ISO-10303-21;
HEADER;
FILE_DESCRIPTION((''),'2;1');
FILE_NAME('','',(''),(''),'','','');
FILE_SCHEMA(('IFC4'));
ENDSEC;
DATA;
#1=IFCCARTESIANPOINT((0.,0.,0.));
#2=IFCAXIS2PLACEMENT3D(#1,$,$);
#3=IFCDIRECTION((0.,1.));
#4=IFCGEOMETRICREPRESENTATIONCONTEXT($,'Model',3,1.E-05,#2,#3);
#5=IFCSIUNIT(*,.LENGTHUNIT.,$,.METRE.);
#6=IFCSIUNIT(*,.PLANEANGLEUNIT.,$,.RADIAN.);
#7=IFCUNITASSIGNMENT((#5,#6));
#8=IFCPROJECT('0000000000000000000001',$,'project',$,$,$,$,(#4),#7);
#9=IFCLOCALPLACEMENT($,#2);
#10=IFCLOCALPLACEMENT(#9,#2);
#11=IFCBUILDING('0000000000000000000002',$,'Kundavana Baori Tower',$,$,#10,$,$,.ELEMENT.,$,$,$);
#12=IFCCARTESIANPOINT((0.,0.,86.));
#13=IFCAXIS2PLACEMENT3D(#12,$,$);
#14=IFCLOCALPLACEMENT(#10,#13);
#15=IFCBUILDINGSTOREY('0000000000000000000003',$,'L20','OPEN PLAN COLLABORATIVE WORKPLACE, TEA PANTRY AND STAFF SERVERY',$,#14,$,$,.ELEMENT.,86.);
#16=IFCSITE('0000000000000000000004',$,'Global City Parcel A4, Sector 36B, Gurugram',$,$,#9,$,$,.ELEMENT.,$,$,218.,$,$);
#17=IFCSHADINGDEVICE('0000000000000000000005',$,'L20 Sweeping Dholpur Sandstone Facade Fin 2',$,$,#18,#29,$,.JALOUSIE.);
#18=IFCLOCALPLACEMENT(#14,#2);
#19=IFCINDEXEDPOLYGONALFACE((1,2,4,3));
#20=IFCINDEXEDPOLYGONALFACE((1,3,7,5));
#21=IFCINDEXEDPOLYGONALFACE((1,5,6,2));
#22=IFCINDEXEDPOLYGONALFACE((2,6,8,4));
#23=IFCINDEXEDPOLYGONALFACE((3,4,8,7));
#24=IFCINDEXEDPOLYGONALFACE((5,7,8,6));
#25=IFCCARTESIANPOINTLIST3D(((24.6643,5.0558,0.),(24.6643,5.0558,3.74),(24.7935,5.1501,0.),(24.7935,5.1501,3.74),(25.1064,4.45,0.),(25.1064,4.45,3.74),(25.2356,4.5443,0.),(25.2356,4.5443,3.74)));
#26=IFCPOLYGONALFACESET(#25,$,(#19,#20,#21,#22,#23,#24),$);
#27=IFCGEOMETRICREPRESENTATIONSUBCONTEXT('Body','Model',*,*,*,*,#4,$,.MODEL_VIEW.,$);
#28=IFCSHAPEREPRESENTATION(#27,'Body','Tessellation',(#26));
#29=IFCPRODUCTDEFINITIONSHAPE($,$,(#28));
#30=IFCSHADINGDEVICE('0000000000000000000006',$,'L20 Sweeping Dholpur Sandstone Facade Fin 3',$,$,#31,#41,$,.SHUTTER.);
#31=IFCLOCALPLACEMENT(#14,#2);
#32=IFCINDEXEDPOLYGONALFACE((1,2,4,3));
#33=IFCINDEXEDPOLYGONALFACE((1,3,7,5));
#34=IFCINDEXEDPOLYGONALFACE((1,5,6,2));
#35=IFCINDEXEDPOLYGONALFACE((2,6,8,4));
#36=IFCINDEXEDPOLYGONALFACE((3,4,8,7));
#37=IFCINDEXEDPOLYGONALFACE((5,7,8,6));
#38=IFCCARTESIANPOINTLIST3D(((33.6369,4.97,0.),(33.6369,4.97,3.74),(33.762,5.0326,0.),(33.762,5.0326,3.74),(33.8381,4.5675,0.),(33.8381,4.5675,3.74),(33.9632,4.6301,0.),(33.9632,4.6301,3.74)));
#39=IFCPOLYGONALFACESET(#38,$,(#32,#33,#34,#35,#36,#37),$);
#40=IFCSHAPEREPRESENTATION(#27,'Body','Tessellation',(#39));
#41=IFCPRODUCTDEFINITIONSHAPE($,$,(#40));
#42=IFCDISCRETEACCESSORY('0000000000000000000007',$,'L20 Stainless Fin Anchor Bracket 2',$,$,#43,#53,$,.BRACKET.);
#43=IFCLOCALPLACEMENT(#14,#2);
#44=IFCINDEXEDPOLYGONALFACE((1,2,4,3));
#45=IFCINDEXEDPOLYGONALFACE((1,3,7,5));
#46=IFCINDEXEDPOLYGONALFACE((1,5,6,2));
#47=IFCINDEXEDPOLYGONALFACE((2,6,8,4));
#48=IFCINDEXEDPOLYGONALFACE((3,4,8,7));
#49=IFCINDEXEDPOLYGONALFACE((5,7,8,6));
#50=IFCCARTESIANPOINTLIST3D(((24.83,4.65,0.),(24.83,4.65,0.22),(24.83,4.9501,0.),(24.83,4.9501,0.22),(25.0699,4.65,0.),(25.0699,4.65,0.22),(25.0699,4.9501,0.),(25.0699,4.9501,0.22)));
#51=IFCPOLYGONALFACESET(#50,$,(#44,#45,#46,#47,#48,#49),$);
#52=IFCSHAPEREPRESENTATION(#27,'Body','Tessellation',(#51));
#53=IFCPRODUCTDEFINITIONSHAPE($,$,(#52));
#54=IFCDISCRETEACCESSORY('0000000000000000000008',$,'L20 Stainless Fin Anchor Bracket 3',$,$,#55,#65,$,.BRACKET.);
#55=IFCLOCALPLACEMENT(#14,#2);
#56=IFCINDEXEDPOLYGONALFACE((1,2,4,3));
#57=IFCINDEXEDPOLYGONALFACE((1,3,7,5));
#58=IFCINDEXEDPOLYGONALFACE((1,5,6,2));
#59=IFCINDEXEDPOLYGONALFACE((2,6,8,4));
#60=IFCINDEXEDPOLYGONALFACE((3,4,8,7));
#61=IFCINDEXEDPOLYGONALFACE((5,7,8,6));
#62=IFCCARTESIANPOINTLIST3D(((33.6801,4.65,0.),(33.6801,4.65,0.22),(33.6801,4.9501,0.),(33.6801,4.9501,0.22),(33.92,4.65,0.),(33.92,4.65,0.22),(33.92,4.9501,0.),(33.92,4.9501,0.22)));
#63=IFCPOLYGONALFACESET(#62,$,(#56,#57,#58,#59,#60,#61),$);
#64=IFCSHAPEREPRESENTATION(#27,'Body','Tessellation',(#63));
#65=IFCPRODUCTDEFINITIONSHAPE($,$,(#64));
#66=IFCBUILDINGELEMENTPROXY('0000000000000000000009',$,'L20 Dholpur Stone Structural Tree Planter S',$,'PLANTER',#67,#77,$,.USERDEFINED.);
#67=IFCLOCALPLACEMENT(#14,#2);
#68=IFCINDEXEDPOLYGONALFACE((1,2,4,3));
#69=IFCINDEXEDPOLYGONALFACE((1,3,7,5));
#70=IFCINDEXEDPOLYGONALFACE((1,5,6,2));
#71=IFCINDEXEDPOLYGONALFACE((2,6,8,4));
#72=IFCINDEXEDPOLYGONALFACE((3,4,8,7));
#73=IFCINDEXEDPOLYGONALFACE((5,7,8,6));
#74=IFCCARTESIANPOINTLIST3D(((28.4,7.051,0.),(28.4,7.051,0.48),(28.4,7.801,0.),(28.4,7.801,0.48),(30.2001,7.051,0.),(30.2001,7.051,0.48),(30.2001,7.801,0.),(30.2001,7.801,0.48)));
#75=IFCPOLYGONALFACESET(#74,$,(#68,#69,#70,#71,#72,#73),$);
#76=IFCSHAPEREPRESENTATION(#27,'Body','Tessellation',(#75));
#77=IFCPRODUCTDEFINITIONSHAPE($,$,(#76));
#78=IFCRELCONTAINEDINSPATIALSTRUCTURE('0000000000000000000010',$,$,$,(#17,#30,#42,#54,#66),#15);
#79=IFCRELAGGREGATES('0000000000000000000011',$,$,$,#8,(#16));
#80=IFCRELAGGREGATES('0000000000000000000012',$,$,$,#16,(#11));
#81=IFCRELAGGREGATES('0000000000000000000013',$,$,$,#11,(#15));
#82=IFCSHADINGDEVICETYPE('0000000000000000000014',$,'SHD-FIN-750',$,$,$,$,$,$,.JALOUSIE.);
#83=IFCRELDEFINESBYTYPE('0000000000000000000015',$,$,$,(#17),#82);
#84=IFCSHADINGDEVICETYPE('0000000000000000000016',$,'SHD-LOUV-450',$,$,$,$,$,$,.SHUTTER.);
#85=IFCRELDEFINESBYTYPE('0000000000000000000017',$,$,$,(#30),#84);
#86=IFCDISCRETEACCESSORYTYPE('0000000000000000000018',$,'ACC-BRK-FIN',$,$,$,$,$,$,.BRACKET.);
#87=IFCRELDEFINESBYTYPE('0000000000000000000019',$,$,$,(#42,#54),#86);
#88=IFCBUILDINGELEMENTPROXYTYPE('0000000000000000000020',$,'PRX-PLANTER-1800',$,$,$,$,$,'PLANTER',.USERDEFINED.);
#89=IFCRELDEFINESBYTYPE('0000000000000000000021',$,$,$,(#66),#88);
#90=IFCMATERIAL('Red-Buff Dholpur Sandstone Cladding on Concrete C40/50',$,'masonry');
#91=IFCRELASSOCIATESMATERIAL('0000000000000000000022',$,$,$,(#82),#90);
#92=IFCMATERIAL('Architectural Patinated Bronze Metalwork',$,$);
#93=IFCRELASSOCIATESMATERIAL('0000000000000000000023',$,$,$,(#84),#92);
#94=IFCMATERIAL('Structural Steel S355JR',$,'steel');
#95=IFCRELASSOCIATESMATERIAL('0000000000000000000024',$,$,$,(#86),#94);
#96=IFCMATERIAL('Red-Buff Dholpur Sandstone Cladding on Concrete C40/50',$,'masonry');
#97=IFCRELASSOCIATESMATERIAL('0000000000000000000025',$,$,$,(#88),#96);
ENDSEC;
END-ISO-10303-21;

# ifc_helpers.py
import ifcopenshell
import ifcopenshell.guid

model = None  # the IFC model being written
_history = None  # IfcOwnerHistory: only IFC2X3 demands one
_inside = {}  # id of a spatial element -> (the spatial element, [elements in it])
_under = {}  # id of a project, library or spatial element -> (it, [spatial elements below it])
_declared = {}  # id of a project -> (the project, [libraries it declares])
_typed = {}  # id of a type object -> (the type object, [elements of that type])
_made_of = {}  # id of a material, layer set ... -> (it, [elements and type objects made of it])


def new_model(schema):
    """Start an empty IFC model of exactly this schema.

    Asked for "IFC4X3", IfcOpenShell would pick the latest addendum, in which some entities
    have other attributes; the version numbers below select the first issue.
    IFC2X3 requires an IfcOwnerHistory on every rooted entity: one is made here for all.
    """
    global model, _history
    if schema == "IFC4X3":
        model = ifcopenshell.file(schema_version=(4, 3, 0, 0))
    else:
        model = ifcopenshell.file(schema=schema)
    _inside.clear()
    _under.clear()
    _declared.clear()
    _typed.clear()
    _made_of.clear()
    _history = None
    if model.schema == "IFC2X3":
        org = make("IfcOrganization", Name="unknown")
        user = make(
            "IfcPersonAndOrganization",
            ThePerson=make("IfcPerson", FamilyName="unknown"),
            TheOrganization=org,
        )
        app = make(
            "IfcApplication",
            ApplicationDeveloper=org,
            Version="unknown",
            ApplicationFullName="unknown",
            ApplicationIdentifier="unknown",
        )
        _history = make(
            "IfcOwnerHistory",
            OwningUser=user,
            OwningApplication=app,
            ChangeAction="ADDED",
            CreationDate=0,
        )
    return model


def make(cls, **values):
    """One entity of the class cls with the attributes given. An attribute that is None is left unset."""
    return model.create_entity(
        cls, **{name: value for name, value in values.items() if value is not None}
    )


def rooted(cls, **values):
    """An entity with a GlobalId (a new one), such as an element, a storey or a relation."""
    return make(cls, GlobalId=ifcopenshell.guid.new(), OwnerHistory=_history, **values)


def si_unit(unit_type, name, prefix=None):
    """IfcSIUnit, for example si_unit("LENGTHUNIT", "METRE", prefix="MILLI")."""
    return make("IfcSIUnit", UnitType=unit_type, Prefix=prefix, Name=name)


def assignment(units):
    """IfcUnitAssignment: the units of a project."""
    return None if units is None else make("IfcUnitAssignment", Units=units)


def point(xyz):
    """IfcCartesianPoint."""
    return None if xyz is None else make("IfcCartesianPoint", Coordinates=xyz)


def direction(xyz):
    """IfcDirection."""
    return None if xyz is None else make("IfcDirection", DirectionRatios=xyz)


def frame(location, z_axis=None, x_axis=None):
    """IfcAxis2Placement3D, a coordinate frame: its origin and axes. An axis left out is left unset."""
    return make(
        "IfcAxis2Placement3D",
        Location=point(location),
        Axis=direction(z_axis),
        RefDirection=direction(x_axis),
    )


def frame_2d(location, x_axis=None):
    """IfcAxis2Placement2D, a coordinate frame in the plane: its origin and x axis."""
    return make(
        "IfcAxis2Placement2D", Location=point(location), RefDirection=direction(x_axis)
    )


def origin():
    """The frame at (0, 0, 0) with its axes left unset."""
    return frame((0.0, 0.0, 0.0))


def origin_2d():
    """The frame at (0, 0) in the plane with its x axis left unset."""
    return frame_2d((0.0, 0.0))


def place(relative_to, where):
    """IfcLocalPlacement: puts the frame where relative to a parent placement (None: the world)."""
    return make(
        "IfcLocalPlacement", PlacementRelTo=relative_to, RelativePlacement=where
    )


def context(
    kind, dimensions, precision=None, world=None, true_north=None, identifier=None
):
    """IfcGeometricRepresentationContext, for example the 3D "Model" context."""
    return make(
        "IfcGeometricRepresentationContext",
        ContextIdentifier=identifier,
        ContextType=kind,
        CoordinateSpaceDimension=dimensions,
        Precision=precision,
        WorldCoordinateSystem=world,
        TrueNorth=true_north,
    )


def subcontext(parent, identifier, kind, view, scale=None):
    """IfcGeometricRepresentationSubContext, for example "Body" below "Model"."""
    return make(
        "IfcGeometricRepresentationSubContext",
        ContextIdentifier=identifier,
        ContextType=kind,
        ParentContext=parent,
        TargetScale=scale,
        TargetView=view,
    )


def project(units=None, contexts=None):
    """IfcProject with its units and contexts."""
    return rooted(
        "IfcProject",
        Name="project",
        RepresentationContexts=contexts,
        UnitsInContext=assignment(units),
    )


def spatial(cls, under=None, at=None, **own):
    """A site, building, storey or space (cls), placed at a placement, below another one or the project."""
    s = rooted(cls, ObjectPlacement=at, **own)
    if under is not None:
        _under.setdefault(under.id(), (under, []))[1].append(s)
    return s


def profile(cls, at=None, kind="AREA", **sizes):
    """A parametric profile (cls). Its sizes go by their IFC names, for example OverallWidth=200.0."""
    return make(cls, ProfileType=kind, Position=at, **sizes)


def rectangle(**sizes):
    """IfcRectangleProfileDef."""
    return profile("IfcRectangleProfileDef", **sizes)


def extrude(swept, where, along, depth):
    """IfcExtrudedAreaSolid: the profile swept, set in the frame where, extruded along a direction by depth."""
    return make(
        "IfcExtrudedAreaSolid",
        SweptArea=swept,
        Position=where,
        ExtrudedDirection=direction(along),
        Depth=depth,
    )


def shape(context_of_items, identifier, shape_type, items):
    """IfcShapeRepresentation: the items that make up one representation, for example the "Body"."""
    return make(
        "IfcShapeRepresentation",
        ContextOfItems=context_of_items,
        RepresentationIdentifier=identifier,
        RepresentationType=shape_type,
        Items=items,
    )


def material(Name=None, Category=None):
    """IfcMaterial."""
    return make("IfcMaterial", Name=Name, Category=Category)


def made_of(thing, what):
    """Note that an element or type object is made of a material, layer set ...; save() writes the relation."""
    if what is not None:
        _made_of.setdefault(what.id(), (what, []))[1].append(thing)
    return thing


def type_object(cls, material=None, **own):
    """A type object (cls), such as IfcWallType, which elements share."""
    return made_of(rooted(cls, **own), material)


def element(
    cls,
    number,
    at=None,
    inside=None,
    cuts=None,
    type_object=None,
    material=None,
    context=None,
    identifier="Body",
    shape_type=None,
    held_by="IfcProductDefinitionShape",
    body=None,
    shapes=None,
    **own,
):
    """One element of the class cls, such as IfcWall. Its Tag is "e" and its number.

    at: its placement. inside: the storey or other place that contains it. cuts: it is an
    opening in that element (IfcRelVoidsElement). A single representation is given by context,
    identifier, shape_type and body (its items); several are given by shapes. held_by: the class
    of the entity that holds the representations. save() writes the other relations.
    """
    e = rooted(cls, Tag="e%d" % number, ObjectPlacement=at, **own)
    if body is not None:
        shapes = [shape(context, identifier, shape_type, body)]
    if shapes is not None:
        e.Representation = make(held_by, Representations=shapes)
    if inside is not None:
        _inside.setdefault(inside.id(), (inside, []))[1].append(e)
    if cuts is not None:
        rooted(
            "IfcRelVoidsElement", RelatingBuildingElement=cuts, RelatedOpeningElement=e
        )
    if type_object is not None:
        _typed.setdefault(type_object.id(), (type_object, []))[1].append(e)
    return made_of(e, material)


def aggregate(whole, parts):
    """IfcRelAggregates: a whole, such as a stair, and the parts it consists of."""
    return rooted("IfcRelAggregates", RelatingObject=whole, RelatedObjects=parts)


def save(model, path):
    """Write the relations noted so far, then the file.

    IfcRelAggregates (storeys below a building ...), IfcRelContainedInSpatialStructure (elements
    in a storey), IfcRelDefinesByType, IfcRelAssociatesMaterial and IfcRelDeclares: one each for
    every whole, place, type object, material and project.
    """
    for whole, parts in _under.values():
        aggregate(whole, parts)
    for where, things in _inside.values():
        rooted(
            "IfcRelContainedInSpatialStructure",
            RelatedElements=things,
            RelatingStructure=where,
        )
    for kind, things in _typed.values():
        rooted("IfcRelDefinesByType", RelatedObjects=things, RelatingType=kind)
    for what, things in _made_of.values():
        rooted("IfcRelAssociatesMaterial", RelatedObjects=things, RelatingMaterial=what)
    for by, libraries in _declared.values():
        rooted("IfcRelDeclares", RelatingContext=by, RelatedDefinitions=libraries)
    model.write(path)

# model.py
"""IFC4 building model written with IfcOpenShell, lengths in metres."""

from ifc_helpers import new_model, si_unit, direction, frame, origin, origin_2d, place, context, subcontext, project, spatial, rectangle, extrude, material, type_object, element, save


model = new_model("IFC4")

# Units and contexts
model_context = context("Model", 3, precision=1e-05, world=origin(), true_north=direction((0.0, 1.0)))
body_context = subcontext(model_context, "Body", "Model", "MODEL_VIEW")
ifc_project = project(units=[si_unit("LENGTHUNIT", "METRE"), si_unit("PLANEANGLEUNIT", "RADIAN")], contexts=[model_context])

# Site, building, storey
site_placement = place(None, origin())
site = spatial("IfcSite", under=ifc_project, at=site_placement, Name="Global City Parcel A4, Sector 36B, Gurugram", CompositionType="ELEMENT", RefElevation=218.0)
building_placement = place(site_placement, origin())
building = spatial("IfcBuilding", under=site, at=building_placement, Name="Kundavana Baori Tower", CompositionType="ELEMENT")
storey_placement = place(building_placement, frame((0.0, 0.0, 86.0)))
storey = spatial("IfcBuildingStorey", under=building, at=storey_placement, Name="L20", Description="OPEN PLAN COLLABORATIVE WORKPLACE, TEA PANTRY AND STAFF SERVERY", CompositionType="ELEMENT", Elevation=86.0)

# Shading devices
ifc_material_1 = material(Name="Red-Buff Dholpur Sandstone Cladding on Concrete C40/50", Category="masonry")
shading_device_type_1 = type_object("IfcShadingDeviceType", Name="SHD-FIN-750", PredefinedType="JALOUSIE", material=ifc_material_1)
shading_device_1_placement = place(storey_placement, frame((24.95, 4.8, 0.0), z_axis=(0.0, 0.0, 1.0), x_axis=(0.807784, 0.589478, 0.0)))
element("IfcShadingDevice", 1, at=shading_device_1_placement, inside=storey, type_object=shading_device_type_1, Name="L20 Sweeping Dholpur Sandstone Facade Fin 2", PredefinedType="JALOUSIE", context=body_context, shape_type="SweptSolid", body=[
    extrude(rectangle(XDim=0.1599, YDim=0.75, at=origin_2d()), origin(), (0.0, 0.0, 1.0), 3.74),
])
ifc_material_2 = material(Name="Architectural Patinated Bronze Metalwork")
shading_device_type_2 = type_object("IfcShadingDeviceType", Name="SHD-LOUV-450", PredefinedType="SHUTTER", material=ifc_material_2)
shading_device_2_placement = place(storey_placement, frame((33.8, 4.8, 0.0), z_axis=(0.0, 0.0, 1.0), x_axis=(0.894467, 0.447135, 0.0)))
element("IfcShadingDevice", 2, at=shading_device_2_placement, inside=storey, type_object=shading_device_type_2, Name="L20 Sweeping Dholpur Sandstone Facade Fin 3", PredefinedType="SHUTTER", context=body_context, shape_type="SweptSolid", body=[
    extrude(rectangle(XDim=0.1399, YDim=0.45, at=origin_2d()), origin(), (0.0, 0.0, 1.0), 3.74),
])

# Discrete accessories
ifc_material_3 = material(Name="Structural Steel S355JR", Category="steel")
discrete_accessory_type = type_object("IfcDiscreteAccessoryType", Name="ACC-BRK-FIN", PredefinedType="BRACKET", material=ifc_material_3)
for number, where, z_axis, x_axis, name in (
    (3, (24.95, 4.8, 0.0), (0.0, 0.0, 1.0), (1.0, 0.0, 0.0), "L20 Stainless Fin Anchor Bracket 2"),
    (4, (33.8, 4.8, 0.0), (0.0, 0.0, 1.0), (1.0, 0.0, 0.0), "L20 Stainless Fin Anchor Bracket 3"),
):
    element("IfcDiscreteAccessory", number, at=place(storey_placement, frame(where, z_axis=z_axis, x_axis=x_axis)), inside=storey, type_object=discrete_accessory_type, Name=name, PredefinedType="BRACKET", context=body_context, shape_type="SweptSolid", body=[
        extrude(rectangle(XDim=0.24, YDim=0.3, at=origin_2d()), origin(), (0.0, 0.0, 1.0), 0.22),
    ])

# Building element proxy
ifc_material_4 = material(Name="Red-Buff Dholpur Sandstone Cladding on Concrete C40/50", Category="masonry")
building_element_proxy_type = type_object("IfcBuildingElementProxyType", Name="PRX-PLANTER-1800", ElementType="PLANTER", PredefinedType="USERDEFINED", material=ifc_material_4)
proxy_placement = place(storey_placement, frame((29.3, 7.426, 0.0), z_axis=(0.0, 0.0, 1.0), x_axis=(1.0, 0.0, 0.0)))
element("IfcBuildingElementProxy", 5, at=proxy_placement, inside=storey, type_object=building_element_proxy_type, Name="L20 Dholpur Stone Structural Tree Planter S", ObjectType="PLANTER", PredefinedType="USERDEFINED", context=body_context, shape_type="SweptSolid", body=[
    extrude(rectangle(XDim=1.8, YDim=0.75, at=origin_2d()), origin(), (0.0, 0.0, 1.0), 0.48),
])

save(model, "model.ifc")
